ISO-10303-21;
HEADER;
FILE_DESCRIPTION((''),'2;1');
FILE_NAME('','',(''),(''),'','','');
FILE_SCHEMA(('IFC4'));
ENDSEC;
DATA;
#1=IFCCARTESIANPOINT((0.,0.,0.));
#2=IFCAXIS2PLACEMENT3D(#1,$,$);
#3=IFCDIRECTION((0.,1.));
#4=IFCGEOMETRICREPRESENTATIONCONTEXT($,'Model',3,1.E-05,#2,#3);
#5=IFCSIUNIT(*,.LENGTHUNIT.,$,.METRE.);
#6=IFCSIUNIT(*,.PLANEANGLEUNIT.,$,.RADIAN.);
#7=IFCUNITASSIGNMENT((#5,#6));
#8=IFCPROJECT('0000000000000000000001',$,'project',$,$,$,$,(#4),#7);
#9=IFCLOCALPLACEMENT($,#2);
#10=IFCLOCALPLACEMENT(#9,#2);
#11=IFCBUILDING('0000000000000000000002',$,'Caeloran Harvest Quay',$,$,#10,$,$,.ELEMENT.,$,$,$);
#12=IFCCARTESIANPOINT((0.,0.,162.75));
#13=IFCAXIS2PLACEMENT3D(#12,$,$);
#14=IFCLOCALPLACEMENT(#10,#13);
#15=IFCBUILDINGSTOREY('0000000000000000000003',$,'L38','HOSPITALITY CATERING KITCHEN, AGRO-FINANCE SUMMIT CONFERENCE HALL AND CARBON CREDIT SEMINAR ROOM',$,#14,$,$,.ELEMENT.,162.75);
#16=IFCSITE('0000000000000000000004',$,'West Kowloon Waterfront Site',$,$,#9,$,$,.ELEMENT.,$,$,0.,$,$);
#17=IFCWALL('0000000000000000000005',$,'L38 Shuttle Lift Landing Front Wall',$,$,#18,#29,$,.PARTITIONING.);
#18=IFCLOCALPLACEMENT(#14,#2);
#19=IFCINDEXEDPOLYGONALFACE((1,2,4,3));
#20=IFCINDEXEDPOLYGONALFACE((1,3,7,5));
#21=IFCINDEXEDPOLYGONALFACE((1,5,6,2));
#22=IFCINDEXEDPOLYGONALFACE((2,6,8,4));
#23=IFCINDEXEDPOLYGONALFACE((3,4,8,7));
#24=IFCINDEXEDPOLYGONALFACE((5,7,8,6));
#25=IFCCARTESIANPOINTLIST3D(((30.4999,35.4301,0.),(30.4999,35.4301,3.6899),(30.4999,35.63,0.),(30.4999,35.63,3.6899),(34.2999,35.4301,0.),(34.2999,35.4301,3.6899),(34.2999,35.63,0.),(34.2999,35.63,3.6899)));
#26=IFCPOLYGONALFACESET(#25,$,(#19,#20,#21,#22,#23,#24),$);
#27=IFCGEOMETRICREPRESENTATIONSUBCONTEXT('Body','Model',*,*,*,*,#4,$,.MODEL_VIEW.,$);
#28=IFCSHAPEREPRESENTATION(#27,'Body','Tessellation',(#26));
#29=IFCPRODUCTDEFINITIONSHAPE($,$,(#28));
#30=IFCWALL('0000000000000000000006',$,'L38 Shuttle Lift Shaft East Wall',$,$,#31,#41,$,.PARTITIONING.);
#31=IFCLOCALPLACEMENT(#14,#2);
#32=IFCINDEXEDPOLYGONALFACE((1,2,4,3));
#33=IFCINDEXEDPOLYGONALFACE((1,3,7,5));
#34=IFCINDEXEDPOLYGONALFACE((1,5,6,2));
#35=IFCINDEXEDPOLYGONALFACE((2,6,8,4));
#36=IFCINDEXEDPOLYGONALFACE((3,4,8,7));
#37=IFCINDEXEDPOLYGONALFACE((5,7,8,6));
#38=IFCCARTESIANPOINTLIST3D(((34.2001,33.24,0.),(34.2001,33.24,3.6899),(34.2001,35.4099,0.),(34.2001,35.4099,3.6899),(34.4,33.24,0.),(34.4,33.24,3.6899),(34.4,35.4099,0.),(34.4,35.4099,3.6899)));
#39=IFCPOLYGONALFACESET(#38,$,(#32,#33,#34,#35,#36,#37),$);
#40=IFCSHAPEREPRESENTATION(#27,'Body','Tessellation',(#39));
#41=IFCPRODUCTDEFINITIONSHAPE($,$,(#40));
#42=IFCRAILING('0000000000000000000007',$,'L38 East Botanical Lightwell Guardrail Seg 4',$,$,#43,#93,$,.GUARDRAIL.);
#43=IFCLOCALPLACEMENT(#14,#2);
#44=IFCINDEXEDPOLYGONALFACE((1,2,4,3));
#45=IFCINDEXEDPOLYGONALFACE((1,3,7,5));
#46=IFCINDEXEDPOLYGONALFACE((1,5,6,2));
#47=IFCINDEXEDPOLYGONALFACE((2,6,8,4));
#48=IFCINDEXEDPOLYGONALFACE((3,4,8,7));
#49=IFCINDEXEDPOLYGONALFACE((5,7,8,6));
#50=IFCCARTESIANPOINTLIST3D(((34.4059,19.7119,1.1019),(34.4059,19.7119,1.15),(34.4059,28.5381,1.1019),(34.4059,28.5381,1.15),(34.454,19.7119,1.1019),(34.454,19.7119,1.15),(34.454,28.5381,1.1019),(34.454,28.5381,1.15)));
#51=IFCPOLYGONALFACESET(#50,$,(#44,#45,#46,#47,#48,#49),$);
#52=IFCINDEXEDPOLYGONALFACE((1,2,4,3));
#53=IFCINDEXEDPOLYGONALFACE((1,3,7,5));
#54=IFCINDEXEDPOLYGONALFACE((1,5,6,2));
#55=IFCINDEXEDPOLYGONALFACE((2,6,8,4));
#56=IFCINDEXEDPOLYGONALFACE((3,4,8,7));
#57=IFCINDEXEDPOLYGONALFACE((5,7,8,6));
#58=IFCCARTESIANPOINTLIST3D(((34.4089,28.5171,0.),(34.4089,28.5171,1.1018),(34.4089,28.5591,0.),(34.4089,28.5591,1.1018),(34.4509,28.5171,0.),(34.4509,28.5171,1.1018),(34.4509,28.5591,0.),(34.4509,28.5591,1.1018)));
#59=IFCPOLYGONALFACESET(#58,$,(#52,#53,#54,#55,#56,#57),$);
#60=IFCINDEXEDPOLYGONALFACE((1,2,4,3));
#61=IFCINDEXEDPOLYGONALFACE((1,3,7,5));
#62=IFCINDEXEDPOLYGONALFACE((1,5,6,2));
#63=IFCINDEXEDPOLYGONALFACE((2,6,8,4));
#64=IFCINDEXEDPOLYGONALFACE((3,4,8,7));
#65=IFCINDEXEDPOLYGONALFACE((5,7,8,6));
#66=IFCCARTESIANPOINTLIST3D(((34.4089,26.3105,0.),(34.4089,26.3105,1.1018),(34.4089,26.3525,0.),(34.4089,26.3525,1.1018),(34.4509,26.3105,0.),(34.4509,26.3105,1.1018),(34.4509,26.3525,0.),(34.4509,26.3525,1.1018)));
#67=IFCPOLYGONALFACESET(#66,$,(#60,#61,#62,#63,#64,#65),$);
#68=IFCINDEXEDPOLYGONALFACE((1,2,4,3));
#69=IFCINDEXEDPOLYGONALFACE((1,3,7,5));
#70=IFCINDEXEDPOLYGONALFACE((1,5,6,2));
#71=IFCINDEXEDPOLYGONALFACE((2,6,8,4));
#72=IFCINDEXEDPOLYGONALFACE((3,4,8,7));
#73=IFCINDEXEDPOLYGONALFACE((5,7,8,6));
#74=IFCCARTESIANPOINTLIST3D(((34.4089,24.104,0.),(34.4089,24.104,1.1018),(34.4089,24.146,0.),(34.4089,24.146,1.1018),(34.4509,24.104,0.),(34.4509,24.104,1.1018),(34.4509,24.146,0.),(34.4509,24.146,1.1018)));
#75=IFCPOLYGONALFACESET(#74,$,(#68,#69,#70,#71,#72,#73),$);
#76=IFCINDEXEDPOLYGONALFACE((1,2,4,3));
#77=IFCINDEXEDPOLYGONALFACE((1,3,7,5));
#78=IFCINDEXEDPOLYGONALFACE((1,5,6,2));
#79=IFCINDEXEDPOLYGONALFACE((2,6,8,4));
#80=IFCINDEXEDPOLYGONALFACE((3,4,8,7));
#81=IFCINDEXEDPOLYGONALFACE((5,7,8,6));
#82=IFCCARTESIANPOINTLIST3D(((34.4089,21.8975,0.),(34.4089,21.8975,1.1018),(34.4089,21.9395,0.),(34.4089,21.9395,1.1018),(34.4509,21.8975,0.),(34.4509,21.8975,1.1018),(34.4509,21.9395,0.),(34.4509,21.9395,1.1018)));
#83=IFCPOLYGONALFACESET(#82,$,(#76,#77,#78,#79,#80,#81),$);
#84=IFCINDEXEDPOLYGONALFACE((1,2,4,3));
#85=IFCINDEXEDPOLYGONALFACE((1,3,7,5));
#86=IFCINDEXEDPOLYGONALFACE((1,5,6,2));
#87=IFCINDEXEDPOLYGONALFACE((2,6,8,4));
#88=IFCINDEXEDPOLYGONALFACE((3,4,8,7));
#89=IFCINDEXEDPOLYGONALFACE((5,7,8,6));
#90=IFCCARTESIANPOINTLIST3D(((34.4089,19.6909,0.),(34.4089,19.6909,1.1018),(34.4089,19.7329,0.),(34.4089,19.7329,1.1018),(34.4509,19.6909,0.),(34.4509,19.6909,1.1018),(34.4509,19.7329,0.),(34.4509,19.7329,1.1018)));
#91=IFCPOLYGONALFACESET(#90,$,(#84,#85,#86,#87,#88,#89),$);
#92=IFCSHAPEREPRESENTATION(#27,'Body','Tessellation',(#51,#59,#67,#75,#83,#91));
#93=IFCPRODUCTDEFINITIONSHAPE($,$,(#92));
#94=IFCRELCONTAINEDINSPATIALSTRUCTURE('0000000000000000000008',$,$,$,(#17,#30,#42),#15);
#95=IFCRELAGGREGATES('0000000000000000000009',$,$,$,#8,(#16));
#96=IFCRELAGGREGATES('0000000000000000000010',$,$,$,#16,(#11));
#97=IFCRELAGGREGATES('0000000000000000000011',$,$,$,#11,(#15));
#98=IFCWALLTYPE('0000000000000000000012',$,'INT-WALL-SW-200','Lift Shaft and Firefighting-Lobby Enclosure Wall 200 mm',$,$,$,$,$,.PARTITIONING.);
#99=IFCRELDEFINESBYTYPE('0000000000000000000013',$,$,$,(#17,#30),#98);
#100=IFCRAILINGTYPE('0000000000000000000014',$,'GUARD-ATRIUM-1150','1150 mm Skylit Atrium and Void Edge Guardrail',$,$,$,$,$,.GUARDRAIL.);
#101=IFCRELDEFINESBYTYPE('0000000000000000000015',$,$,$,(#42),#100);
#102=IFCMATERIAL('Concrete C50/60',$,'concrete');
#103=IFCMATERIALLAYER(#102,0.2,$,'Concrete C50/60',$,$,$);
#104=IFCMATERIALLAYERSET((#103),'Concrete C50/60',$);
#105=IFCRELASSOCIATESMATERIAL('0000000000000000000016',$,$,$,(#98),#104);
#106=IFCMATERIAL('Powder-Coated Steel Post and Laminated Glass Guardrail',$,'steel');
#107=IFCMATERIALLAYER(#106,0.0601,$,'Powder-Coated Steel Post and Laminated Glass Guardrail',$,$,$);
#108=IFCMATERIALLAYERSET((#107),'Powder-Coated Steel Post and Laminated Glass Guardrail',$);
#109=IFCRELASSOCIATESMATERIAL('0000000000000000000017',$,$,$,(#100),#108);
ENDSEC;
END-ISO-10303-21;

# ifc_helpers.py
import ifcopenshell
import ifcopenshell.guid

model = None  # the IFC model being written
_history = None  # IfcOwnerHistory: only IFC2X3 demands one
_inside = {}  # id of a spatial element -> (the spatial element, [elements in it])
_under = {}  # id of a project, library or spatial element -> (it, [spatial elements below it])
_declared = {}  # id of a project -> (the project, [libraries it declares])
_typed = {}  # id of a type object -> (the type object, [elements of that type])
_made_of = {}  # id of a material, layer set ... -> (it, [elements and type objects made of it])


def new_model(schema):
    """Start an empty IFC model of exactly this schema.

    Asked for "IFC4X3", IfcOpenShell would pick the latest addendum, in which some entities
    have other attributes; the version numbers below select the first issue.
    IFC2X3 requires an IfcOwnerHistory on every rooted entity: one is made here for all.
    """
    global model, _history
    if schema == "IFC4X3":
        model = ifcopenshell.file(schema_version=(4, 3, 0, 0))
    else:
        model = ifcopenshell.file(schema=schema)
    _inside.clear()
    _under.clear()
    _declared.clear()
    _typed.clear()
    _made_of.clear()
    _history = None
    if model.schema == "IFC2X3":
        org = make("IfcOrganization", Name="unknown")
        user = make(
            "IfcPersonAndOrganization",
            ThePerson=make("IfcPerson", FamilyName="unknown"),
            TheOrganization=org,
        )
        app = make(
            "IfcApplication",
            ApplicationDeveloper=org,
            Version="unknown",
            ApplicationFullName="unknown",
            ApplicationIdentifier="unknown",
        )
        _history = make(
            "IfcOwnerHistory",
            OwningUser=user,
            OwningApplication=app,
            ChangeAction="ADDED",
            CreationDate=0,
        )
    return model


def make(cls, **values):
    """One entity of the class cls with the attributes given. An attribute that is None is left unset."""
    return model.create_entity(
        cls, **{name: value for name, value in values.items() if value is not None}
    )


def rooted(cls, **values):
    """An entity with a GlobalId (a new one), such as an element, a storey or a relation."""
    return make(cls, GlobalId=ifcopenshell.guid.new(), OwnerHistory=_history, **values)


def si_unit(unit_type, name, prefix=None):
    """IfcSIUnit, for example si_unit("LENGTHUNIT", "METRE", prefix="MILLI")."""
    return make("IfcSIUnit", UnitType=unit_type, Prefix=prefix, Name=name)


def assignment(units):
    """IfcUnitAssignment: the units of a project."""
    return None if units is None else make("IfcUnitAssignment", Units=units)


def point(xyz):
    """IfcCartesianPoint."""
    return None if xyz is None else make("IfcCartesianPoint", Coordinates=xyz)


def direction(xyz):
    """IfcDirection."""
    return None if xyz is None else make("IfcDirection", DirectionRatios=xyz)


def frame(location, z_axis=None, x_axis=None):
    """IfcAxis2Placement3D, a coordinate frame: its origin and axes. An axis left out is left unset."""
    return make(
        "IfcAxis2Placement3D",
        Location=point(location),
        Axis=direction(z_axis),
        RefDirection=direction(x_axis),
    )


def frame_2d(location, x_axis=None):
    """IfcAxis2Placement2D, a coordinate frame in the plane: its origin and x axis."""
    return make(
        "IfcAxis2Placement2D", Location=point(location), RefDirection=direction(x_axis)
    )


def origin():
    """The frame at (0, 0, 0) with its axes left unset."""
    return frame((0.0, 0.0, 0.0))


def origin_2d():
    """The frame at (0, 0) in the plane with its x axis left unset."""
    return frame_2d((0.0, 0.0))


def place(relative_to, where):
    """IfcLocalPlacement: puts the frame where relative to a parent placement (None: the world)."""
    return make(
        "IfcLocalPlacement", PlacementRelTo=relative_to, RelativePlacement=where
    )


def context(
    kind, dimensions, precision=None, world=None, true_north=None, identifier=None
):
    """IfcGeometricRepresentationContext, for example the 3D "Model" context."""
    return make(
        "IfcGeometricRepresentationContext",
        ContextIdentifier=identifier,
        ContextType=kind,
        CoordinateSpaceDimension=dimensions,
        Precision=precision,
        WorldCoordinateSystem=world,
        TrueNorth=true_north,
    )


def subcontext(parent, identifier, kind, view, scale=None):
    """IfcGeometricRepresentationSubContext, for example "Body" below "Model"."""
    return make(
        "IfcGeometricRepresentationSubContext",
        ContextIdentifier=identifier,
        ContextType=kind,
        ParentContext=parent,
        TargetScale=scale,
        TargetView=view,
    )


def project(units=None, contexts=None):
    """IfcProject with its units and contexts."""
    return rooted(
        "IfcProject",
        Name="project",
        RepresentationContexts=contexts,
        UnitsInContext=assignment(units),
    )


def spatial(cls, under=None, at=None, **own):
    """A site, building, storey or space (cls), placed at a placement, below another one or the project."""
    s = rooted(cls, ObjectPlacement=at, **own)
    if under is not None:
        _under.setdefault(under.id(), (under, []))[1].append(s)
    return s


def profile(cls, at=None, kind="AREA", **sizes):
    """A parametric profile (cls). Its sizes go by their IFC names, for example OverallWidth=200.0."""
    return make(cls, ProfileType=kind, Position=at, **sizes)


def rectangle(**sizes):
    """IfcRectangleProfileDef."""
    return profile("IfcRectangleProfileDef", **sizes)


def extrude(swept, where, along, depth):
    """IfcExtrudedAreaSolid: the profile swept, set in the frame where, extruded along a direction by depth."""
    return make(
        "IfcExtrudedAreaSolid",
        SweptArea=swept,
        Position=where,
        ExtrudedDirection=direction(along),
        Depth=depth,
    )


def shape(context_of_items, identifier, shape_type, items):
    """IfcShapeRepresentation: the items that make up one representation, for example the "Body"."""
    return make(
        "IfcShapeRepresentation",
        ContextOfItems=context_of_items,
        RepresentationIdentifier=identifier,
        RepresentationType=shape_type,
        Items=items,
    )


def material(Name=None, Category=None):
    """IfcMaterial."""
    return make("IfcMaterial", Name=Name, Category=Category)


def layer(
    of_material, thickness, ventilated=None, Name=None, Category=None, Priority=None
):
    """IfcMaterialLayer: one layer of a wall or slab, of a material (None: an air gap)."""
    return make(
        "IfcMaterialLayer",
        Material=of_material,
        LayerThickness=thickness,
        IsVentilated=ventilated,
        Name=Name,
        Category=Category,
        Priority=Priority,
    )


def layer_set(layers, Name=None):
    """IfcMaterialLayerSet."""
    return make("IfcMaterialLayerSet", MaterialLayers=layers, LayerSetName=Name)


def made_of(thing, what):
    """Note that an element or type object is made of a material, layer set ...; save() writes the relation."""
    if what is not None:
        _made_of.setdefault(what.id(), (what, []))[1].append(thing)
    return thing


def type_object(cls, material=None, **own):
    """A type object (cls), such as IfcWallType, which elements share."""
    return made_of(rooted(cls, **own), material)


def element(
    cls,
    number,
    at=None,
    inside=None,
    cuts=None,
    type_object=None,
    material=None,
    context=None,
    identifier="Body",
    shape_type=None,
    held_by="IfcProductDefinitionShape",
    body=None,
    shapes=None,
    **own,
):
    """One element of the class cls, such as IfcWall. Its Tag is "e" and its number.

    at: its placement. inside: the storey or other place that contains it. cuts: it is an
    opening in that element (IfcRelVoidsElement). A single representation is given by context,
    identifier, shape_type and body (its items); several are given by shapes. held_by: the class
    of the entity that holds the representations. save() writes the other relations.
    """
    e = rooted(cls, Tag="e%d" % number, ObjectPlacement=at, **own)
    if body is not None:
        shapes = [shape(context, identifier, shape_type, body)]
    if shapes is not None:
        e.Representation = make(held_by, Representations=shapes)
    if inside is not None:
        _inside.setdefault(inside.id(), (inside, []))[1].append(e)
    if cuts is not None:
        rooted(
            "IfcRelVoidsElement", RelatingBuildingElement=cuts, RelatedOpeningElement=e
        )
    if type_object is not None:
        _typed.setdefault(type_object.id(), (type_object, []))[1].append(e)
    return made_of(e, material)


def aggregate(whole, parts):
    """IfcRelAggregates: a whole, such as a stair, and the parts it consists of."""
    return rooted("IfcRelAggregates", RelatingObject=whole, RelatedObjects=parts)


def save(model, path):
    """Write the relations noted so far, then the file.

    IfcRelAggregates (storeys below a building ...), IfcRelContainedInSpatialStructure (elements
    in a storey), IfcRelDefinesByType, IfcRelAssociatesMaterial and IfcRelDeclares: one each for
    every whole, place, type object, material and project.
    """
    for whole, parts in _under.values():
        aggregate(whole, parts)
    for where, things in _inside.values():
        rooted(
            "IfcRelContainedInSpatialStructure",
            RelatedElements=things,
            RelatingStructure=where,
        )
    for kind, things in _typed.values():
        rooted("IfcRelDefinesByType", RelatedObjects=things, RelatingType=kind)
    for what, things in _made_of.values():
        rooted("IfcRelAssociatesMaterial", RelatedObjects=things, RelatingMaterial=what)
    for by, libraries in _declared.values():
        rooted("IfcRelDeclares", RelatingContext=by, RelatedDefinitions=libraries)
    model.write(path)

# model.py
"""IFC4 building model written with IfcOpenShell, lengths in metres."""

from ifc_helpers import new_model, si_unit, direction, frame, frame_2d, origin, origin_2d, place, context, subcontext, project, spatial, rectangle, extrude, material, layer, layer_set, type_object, element, save


model = new_model("IFC4")

# Units and contexts
model_context = context("Model", 3, precision=1e-05, world=origin(), true_north=direction((0.0, 1.0)))
body_context = subcontext(model_context, "Body", "Model", "MODEL_VIEW")
ifc_project = project(units=[si_unit("LENGTHUNIT", "METRE"), si_unit("PLANEANGLEUNIT", "RADIAN")], contexts=[model_context])

# Site, building, storey
site_placement = place(None, origin())
site = spatial("IfcSite", under=ifc_project, at=site_placement, Name="West Kowloon Waterfront Site", CompositionType="ELEMENT", RefElevation=0.0)
building_placement = place(site_placement, origin())
building = spatial("IfcBuilding", under=site, at=building_placement, Name="Caeloran Harvest Quay", CompositionType="ELEMENT")
storey_placement = place(building_placement, frame((0.0, 0.0, 162.75)))
storey = spatial("IfcBuildingStorey", under=building, at=storey_placement, Name="L38", Description="HOSPITALITY CATERING KITCHEN, AGRO-FINANCE SUMMIT CONFERENCE HALL AND CARBON CREDIT SEMINAR ROOM", CompositionType="ELEMENT", Elevation=162.75)

# Shared definitions
ifc_material_1 = material(Name="Concrete C50/60", Category="concrete")
ifc_layer_1 = layer(ifc_material_1, 0.2, Name="Concrete C50/60")
ifc_layer_set_1 = layer_set([ifc_layer_1], Name="Concrete C50/60")
wall_type_1 = type_object("IfcWallType", Name="INT-WALL-SW-200", Description="Lift Shaft and Firefighting-Lobby Enclosure Wall 200 mm", PredefinedType="PARTITIONING", material=ifc_layer_set_1)

# Walls
wall_1_placement = place(storey_placement, frame((30.5, 35.53, 0.0), z_axis=(0.0, 0.0, 1.0), x_axis=(1.0, 0.0, 0.0)))
element("IfcWall", 1, at=wall_1_placement, inside=storey, type_object=wall_type_1, Name="L38 Shuttle Lift Landing Front Wall", PredefinedType="PARTITIONING", context=body_context, shape_type="SweptSolid", body=[
    extrude(rectangle(XDim=3.8, YDim=0.2, at=frame_2d((1.8999, 0.0))), origin(), (0.0, 0.0, 1.0), 3.6899),
])
wall_2_placement = place(storey_placement, frame((34.3, 33.24, 0.0), z_axis=(0.0, 0.0, 1.0), x_axis=(0.0, 1.0, 0.0)))
element("IfcWall", 2, at=wall_2_placement, inside=storey, type_object=wall_type_1, Name="L38 Shuttle Lift Shaft East Wall", PredefinedType="PARTITIONING", context=body_context, shape_type="SweptSolid", body=[
    extrude(rectangle(XDim=2.1699, YDim=0.2, at=frame_2d((1.085, 0.0))), origin(), (0.0, 0.0, 1.0), 3.6899),
])

# Railing
ifc_material_2 = material(Name="Powder-Coated Steel Post and Laminated Glass Guardrail", Category="steel")
ifc_layer_2 = layer(ifc_material_2, 0.0601, Name="Powder-Coated Steel Post and Laminated Glass Guardrail")
ifc_layer_set_2 = layer_set([ifc_layer_2], Name="Powder-Coated Steel Post and Laminated Glass Guardrail")
railing_type = type_object("IfcRailingType", Name="GUARD-ATRIUM-1150", Description="1150 mm Skylit Atrium and Void Edge Guardrail", PredefinedType="GUARDRAIL", material=ifc_layer_set_2)
railing_placement = place(storey_placement, frame((34.4299, 28.5381, 0.0)))
element("IfcRailing", 3, at=railing_placement, inside=storey, type_object=railing_type, Name="L38 East Botanical Lightwell Guardrail Seg 4", PredefinedType="GUARDRAIL", context=body_context, shape_type="SweptSolid", body=[
    extrude(rectangle(XDim=0.0481, YDim=0.0481, at=origin_2d()), frame((0.0, 0.0, 1.126), z_axis=(0.0, -1.0, 0.0), x_axis=(1.0, 0.0, 0.0)), (0.0, 0.0, 1.0), 8.8262),
    extrude(rectangle(XDim=0.042, YDim=0.042, at=origin_2d()), origin(), (0.0, 0.0, 1.0), 1.1018),
    extrude(rectangle(XDim=0.042, YDim=0.042, at=origin_2d()), frame((0.0, -2.2065, 0.0)), (0.0, 0.0, 1.0), 1.1018),
    extrude(rectangle(XDim=0.042, YDim=0.042, at=origin_2d()), frame((0.0, -4.4131, 0.0)), (0.0, 0.0, 1.0), 1.1018),
    extrude(rectangle(XDim=0.042, YDim=0.042, at=origin_2d()), frame((0.0, -6.6196, 0.0)), (0.0, 0.0, 1.0), 1.1018),
    extrude(rectangle(XDim=0.042, YDim=0.042, at=origin_2d()), frame((0.0, -8.8262, 0.0)), (0.0, 0.0, 1.0), 1.1018),
])

save(model, "model.ifc")
